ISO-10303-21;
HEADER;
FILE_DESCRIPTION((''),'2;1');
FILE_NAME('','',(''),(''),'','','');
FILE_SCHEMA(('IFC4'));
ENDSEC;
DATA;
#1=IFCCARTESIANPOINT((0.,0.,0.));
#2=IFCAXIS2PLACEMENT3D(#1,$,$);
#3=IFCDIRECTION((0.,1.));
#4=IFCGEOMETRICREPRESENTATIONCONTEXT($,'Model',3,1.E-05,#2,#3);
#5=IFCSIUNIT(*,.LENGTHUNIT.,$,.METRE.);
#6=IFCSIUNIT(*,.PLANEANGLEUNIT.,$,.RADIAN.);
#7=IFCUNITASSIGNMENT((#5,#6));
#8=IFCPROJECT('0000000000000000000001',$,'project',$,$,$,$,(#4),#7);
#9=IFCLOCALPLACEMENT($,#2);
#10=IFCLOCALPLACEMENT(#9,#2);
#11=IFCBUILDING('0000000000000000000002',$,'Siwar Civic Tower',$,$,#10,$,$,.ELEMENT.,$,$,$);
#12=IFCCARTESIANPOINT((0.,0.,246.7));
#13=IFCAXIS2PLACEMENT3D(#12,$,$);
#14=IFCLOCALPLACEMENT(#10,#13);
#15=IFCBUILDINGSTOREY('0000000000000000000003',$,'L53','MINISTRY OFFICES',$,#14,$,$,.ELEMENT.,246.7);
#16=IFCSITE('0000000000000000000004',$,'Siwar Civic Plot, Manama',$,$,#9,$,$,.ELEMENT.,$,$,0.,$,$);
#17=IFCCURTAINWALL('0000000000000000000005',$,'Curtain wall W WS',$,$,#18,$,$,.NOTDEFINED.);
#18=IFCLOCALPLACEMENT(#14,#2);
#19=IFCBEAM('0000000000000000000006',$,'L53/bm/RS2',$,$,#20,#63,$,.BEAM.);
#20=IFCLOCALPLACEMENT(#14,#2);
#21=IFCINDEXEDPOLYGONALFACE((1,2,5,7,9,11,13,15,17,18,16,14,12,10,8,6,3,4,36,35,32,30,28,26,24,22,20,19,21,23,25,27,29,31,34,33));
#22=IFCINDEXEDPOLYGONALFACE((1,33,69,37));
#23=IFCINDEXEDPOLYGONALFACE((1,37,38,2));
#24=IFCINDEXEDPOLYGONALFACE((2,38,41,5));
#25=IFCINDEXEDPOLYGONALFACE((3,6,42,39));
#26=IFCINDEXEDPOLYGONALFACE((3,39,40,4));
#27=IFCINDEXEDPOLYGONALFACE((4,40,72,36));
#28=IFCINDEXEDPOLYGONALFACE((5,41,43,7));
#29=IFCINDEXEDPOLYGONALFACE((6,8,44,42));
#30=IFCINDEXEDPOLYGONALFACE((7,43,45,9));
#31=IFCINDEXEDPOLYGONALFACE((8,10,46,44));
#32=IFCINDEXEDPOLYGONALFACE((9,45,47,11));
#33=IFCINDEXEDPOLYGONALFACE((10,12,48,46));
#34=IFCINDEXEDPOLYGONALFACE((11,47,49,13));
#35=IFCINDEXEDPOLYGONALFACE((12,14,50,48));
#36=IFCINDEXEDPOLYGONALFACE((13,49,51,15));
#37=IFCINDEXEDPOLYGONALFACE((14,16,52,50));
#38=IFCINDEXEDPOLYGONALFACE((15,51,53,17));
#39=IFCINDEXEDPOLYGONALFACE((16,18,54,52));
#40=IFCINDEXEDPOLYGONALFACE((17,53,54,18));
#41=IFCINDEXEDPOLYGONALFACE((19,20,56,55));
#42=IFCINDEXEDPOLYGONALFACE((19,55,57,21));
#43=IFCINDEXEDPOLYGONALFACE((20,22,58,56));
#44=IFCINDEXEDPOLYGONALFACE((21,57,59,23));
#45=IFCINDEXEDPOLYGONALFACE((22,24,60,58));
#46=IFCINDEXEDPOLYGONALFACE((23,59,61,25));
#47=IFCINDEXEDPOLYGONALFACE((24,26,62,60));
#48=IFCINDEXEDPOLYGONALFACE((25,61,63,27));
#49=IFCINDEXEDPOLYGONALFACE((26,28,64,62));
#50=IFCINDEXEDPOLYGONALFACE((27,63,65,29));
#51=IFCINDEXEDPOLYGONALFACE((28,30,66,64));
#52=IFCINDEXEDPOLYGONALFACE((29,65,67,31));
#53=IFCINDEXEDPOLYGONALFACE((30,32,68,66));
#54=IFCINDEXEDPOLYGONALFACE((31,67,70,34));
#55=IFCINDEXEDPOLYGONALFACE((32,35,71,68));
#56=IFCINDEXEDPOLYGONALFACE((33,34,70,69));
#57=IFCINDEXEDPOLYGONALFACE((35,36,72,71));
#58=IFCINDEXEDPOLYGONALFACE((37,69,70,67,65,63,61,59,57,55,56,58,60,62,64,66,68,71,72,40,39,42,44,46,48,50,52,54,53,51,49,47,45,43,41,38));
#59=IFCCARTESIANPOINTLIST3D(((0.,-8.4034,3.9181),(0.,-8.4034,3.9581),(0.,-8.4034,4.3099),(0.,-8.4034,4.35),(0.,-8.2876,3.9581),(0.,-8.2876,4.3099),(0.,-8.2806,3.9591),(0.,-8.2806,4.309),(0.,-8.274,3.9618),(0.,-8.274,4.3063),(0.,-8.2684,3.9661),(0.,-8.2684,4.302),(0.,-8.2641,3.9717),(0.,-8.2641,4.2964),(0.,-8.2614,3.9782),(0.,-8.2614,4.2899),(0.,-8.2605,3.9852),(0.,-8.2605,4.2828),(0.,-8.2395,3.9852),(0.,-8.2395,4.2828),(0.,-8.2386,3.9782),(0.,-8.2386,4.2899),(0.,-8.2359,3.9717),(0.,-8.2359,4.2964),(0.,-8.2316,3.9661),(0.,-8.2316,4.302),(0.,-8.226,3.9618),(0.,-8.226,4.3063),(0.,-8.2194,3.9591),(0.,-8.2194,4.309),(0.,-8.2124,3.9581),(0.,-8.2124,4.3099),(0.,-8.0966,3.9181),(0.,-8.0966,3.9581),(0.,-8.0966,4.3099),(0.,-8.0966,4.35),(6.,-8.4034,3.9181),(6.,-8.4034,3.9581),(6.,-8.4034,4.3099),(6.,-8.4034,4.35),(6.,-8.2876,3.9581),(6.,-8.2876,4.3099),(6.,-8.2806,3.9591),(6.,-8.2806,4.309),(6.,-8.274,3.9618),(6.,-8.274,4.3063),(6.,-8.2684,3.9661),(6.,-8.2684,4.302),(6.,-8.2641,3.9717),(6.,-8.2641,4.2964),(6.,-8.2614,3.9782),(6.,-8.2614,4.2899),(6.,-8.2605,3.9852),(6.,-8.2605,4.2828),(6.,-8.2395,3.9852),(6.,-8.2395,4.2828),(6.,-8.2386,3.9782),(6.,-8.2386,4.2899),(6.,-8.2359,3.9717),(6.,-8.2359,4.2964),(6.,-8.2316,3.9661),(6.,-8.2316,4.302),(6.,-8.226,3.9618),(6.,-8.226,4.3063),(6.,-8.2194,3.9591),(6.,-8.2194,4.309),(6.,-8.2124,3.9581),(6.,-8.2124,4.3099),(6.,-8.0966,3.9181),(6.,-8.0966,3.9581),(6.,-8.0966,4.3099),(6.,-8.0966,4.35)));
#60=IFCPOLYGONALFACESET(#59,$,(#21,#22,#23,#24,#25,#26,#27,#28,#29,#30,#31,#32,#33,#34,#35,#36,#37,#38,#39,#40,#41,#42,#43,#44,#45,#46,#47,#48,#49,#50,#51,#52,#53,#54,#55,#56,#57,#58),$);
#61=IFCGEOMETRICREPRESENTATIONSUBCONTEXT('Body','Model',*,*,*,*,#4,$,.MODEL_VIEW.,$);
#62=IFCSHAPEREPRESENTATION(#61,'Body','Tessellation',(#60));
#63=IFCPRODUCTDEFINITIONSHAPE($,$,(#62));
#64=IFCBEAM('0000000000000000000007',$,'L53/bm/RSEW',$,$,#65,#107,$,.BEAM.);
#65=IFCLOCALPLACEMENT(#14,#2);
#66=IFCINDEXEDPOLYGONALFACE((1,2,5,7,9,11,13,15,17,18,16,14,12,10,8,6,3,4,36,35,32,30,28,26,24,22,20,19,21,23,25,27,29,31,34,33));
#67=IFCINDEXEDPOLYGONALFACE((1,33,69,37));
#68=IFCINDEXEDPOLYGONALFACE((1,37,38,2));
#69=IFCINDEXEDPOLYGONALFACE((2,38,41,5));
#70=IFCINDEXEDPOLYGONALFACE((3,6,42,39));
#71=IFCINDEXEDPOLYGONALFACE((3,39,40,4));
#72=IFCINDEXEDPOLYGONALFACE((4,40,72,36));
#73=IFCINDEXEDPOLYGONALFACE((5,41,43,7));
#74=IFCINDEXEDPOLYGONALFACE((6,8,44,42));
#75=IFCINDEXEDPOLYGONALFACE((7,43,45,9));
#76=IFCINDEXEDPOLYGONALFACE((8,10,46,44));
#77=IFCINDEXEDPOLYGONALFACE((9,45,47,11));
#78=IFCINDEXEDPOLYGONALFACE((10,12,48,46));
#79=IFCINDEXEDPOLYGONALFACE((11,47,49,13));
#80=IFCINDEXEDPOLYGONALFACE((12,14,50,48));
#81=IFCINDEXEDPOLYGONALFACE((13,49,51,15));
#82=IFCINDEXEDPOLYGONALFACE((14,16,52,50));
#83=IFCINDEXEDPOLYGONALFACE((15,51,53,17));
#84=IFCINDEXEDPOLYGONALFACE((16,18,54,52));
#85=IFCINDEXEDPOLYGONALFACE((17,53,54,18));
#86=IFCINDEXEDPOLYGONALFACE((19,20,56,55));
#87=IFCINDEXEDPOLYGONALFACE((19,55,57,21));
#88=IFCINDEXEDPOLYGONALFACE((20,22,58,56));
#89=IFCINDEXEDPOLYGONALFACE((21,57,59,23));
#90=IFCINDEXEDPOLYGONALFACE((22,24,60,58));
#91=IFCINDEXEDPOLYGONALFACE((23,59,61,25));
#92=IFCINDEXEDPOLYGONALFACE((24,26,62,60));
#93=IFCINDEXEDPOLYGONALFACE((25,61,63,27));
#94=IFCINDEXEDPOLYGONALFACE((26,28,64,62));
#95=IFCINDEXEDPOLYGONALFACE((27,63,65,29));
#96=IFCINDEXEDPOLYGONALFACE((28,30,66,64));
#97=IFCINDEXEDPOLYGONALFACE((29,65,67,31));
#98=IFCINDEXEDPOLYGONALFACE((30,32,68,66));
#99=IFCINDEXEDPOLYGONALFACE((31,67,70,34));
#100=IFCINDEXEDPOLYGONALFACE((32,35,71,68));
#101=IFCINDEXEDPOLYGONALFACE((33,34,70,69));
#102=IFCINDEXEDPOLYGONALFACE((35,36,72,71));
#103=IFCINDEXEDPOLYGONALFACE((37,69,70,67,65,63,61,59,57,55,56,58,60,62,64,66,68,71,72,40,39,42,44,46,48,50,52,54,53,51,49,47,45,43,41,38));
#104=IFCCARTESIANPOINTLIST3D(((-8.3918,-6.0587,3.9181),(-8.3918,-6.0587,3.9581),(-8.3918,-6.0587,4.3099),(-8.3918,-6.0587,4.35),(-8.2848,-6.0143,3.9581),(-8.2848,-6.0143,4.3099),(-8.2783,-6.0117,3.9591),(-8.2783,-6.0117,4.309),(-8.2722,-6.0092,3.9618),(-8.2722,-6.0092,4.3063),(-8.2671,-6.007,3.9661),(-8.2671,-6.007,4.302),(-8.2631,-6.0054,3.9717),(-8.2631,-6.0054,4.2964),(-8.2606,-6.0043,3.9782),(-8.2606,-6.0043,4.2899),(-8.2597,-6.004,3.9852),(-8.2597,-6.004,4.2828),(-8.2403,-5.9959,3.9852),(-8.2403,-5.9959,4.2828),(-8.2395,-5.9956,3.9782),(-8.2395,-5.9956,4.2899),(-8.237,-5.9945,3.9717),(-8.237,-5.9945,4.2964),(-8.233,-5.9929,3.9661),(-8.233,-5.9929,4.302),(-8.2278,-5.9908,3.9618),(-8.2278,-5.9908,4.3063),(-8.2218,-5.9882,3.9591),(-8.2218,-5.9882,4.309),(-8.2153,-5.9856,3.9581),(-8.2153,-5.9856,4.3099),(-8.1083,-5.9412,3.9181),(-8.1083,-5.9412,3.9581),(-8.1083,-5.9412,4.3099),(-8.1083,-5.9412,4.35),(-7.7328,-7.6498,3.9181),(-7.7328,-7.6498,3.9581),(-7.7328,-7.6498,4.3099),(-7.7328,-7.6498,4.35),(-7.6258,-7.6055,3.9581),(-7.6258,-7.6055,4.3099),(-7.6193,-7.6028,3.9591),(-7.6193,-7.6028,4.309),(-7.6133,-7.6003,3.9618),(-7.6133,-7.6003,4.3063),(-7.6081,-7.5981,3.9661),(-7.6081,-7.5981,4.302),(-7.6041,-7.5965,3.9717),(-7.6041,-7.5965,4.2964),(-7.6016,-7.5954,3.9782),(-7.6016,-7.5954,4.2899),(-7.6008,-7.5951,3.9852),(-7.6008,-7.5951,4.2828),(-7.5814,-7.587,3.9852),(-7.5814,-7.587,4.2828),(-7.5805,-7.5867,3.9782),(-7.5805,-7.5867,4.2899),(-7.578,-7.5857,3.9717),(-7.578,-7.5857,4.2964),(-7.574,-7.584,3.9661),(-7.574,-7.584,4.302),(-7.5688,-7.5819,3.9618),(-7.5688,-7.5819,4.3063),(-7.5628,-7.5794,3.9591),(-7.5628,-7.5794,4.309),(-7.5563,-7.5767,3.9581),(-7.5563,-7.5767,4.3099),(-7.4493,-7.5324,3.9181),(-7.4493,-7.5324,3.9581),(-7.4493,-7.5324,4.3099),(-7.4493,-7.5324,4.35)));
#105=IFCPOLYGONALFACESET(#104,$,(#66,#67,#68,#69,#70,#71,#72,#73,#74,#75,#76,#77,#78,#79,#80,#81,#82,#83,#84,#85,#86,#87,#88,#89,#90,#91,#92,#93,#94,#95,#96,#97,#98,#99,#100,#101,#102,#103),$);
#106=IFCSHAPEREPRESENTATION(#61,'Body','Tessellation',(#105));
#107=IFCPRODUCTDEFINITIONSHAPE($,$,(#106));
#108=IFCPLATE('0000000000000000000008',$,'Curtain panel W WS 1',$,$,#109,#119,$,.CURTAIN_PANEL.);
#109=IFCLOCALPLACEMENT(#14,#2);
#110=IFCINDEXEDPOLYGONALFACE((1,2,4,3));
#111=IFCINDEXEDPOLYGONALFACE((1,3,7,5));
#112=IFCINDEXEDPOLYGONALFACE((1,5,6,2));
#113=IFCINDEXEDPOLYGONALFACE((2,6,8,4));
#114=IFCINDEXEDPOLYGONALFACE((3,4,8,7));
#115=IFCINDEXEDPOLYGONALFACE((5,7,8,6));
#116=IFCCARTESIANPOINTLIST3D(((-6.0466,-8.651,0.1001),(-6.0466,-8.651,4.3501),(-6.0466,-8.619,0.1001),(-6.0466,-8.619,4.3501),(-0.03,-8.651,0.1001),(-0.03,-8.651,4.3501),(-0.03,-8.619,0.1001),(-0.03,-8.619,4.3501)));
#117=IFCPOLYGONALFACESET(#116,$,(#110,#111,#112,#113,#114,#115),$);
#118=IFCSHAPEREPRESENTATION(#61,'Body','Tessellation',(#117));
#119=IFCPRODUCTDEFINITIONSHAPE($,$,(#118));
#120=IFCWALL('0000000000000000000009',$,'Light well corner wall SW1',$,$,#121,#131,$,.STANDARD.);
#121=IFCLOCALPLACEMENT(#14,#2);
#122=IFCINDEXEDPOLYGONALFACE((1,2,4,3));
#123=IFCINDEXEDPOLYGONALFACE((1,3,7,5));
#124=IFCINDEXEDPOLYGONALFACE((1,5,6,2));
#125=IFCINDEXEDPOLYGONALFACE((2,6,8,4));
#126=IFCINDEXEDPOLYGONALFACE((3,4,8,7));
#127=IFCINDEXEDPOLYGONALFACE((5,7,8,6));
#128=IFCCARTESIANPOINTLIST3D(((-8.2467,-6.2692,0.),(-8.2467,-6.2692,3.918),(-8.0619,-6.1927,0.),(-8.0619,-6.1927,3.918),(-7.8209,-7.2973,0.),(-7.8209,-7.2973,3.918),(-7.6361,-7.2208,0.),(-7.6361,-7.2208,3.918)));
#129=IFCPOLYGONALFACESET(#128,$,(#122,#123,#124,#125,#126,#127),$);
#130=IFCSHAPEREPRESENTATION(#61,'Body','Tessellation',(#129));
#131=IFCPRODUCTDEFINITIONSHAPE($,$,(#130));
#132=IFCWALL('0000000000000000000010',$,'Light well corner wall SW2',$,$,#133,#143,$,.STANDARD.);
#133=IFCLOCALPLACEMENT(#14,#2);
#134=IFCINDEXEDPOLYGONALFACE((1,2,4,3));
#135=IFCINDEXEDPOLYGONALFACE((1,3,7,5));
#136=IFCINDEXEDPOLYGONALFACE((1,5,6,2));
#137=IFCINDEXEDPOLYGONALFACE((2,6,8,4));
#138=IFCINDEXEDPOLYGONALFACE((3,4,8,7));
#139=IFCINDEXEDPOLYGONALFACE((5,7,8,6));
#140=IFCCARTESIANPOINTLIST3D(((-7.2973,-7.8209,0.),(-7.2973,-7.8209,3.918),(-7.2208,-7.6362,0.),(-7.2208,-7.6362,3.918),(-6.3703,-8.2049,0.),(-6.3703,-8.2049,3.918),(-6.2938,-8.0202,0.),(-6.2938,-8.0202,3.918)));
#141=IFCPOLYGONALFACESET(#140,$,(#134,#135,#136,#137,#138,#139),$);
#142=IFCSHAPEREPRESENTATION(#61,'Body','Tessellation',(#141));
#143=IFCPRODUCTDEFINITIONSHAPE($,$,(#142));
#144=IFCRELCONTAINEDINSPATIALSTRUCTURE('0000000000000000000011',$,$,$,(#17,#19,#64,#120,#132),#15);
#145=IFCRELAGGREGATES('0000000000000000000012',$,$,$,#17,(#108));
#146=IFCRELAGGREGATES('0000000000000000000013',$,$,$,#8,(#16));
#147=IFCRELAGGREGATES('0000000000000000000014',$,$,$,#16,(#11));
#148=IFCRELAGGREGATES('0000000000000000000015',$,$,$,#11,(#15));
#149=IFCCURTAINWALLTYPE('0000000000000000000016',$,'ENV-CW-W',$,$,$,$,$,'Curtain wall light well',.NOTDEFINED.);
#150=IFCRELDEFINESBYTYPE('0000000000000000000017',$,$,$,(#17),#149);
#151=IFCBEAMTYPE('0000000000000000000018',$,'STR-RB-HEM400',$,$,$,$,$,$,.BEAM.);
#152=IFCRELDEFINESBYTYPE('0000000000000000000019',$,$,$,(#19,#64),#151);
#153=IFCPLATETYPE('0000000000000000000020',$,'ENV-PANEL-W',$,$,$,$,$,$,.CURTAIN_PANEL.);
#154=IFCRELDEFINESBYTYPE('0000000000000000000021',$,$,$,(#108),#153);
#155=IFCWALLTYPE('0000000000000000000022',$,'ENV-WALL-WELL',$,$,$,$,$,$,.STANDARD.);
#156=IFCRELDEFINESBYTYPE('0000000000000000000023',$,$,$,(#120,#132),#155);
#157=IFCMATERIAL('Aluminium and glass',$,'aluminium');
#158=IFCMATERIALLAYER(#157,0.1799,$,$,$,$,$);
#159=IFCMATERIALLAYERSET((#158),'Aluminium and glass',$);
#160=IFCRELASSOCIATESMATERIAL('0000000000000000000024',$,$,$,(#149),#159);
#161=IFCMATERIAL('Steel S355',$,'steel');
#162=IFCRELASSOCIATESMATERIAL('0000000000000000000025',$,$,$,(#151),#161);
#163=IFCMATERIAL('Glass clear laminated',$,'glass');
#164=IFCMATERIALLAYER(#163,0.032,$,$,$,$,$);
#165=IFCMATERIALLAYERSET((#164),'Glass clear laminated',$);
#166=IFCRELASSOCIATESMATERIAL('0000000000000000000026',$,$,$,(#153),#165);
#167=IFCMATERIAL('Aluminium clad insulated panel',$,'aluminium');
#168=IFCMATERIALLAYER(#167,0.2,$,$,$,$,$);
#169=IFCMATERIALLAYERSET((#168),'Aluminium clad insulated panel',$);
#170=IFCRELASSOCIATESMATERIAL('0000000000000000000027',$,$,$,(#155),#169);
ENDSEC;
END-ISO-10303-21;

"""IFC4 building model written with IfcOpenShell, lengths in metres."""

from ifc_helpers import new_model, si_unit, direction, frame, frame_2d, origin, origin_2d, place, context, subcontext, project, spatial, rectangle, i_section, extrude, material, layer, layer_set, material_profile, profile_set, type_object, element, aggregate, save


model = new_model("IFC4")

# Units and contexts
model_context = context("Model", 3, precision=1e-05, world=origin(), true_north=direction((0.0, 1.0)))
body_context = subcontext(model_context, "Body", "Model", "MODEL_VIEW")
ifc_project = project(units=[si_unit("LENGTHUNIT", "METRE"), si_unit("PLANEANGLEUNIT", "RADIAN")], contexts=[model_context])

# Site, building, storey
site_placement = place(None, origin())
site = spatial("IfcSite", under=ifc_project, at=site_placement, Name="Siwar Civic Plot, Manama", CompositionType="ELEMENT", RefElevation=0.0)
building_placement = place(site_placement, origin())
building = spatial("IfcBuilding", under=site, at=building_placement, Name="Siwar Civic Tower", CompositionType="ELEMENT")
storey_placement = place(building_placement, frame((0.0, 0.0, 246.7)))
storey = spatial("IfcBuildingStorey", under=building, at=storey_placement, Name="L53", Description="MINISTRY OFFICES", CompositionType="ELEMENT", Elevation=246.7)

# Curtain wall
ifc_material_1 = material(Name="Aluminium and glass", Category="aluminium")
ifc_layer_1 = layer(ifc_material_1, 0.1799)
ifc_layer_set_1 = layer_set([ifc_layer_1], Name="Aluminium and glass")
curtain_wall_type = type_object("IfcCurtainWallType", Name="ENV-CW-W", ElementType="Curtain wall light well", PredefinedType="NOTDEFINED", material=ifc_layer_set_1)
curtain_wall_placement = place(storey_placement, origin())
curtain_wall = element("IfcCurtainWall", 1, at=curtain_wall_placement, inside=storey, type_object=curtain_wall_type, Name="Curtain wall W WS", PredefinedType="NOTDEFINED")

# Beams
ifc_material_2 = material(Name="Steel S355", Category="steel")
ifc_material_profile_1 = material_profile(ifc_material_2, i_section(OverallWidth=0.3069, OverallDepth=0.4319, WebThickness=0.021, FlangeThickness=0.04, FilletRadius=0.0271, at=origin_2d()), Name="HEM400")
ifc_profile_set_1 = profile_set([ifc_material_profile_1], Name="Steel S355")
beam_type = type_object("IfcBeamType", Name="STR-RB-HEM400", PredefinedType="BEAM", material=ifc_profile_set_1)
for number, where, z_axis, x_axis, name in (
    (2, (0.0, -8.25, 4.134), (1.0, 0.0, 0.0), (0.0, 1.0, 0.0), "L53/bm/RS2"),
):
    element("IfcBeam", number, at=place(storey_placement, frame(where, z_axis=z_axis, x_axis=x_axis)), inside=storey, type_object=beam_type, Name=name, PredefinedType="BEAM", context=body_context, shape_type="SweptSolid", body=[
        extrude(i_section(OverallWidth=0.3069, OverallDepth=0.4319, WebThickness=0.021, FlangeThickness=0.04, FilletRadius=0.0271, at=origin_2d()), origin(), (0.0, 0.0, 1.0), 6.0),
    ])
beam_1_placement = place(storey_placement, frame((-7.5911, -7.5911, 4.134), z_axis=(-0.382631, 0.923901, 0.0), x_axis=(-0.923901, -0.382631, 0.0)))
element("IfcBeam", 3, at=beam_1_placement, inside=storey, type_object=beam_type, Name="L53/bm/RSEW", PredefinedType="BEAM", context=body_context, shape_type="SweptSolid", body=[
    extrude(i_section(OverallWidth=0.3069, OverallDepth=0.4319, WebThickness=0.021, FlangeThickness=0.04, FilletRadius=0.0271, at=origin_2d()), origin(), (0.0, 0.0, 1.0), 1.7222),
])

# Plate
ifc_material_3 = material(Name="Glass clear laminated", Category="glass")
ifc_layer_2 = layer(ifc_material_3, 0.032)
ifc_layer_set_2 = layer_set([ifc_layer_2], Name="Glass clear laminated")
plate_type = type_object("IfcPlateType", Name="ENV-PANEL-W", PredefinedType="CURTAIN_PANEL", material=ifc_layer_set_2)
plate_placement = place(storey_placement, frame((-3.0383, -8.635, 0.1001), z_axis=(0.0, 0.0, 1.0), x_axis=(1.0, 0.0, 0.0)))
plate = element("IfcPlate", 4, at=plate_placement, type_object=plate_type, Name="Curtain panel W WS 1", PredefinedType="CURTAIN_PANEL", context=body_context, shape_type="SweptSolid", body=[
    extrude(rectangle(XDim=6.0166, YDim=0.032, at=origin_2d()), origin(), (0.0, 0.0, 1.0), 4.25),
])
aggregate(curtain_wall, [plate])

# Walls
ifc_material_4 = material(Name="Aluminium clad insulated panel", Category="aluminium")
ifc_layer_3 = layer(ifc_material_4, 0.2)
ifc_layer_set_3 = layer_set([ifc_layer_3], Name="Aluminium clad insulated panel")
wall_type = type_object("IfcWallType", Name="ENV-WALL-WELL", PredefinedType="STANDARD", material=ifc_layer_set_3)
wall_1_placement = place(storey_placement, frame((-8.1543, -6.231, 0.0), z_axis=(0.0, 0.0, 1.0), x_axis=(0.382636, -0.923899, 0.0)))
element("IfcWall", 5, at=wall_1_placement, inside=storey, type_object=wall_type, Name="Light well corner wall SW1", PredefinedType="STANDARD", context=body_context, shape_type="SweptSolid", body=[
    extrude(rectangle(XDim=1.1128, YDim=0.2, at=frame_2d((0.5564, 0.0))), origin(), (0.0, 0.0, 1.0), 3.918),
])
wall_2_placement = place(storey_placement, frame((-7.259, -7.7285, 0.0), z_axis=(0.0, 0.0, 1.0), x_axis=(0.92386, -0.382731, 0.0)))
element("IfcWall", 6, at=wall_2_placement, inside=storey, type_object=wall_type, Name="Light well corner wall SW2", PredefinedType="STANDARD", context=body_context, shape_type="SweptSolid", body=[
    extrude(rectangle(XDim=1.0034, YDim=0.2, at=frame_2d((0.5017, 0.0))), origin(), (0.0, 0.0, 1.0), 3.918),
])

save(model, "model.ifc")
